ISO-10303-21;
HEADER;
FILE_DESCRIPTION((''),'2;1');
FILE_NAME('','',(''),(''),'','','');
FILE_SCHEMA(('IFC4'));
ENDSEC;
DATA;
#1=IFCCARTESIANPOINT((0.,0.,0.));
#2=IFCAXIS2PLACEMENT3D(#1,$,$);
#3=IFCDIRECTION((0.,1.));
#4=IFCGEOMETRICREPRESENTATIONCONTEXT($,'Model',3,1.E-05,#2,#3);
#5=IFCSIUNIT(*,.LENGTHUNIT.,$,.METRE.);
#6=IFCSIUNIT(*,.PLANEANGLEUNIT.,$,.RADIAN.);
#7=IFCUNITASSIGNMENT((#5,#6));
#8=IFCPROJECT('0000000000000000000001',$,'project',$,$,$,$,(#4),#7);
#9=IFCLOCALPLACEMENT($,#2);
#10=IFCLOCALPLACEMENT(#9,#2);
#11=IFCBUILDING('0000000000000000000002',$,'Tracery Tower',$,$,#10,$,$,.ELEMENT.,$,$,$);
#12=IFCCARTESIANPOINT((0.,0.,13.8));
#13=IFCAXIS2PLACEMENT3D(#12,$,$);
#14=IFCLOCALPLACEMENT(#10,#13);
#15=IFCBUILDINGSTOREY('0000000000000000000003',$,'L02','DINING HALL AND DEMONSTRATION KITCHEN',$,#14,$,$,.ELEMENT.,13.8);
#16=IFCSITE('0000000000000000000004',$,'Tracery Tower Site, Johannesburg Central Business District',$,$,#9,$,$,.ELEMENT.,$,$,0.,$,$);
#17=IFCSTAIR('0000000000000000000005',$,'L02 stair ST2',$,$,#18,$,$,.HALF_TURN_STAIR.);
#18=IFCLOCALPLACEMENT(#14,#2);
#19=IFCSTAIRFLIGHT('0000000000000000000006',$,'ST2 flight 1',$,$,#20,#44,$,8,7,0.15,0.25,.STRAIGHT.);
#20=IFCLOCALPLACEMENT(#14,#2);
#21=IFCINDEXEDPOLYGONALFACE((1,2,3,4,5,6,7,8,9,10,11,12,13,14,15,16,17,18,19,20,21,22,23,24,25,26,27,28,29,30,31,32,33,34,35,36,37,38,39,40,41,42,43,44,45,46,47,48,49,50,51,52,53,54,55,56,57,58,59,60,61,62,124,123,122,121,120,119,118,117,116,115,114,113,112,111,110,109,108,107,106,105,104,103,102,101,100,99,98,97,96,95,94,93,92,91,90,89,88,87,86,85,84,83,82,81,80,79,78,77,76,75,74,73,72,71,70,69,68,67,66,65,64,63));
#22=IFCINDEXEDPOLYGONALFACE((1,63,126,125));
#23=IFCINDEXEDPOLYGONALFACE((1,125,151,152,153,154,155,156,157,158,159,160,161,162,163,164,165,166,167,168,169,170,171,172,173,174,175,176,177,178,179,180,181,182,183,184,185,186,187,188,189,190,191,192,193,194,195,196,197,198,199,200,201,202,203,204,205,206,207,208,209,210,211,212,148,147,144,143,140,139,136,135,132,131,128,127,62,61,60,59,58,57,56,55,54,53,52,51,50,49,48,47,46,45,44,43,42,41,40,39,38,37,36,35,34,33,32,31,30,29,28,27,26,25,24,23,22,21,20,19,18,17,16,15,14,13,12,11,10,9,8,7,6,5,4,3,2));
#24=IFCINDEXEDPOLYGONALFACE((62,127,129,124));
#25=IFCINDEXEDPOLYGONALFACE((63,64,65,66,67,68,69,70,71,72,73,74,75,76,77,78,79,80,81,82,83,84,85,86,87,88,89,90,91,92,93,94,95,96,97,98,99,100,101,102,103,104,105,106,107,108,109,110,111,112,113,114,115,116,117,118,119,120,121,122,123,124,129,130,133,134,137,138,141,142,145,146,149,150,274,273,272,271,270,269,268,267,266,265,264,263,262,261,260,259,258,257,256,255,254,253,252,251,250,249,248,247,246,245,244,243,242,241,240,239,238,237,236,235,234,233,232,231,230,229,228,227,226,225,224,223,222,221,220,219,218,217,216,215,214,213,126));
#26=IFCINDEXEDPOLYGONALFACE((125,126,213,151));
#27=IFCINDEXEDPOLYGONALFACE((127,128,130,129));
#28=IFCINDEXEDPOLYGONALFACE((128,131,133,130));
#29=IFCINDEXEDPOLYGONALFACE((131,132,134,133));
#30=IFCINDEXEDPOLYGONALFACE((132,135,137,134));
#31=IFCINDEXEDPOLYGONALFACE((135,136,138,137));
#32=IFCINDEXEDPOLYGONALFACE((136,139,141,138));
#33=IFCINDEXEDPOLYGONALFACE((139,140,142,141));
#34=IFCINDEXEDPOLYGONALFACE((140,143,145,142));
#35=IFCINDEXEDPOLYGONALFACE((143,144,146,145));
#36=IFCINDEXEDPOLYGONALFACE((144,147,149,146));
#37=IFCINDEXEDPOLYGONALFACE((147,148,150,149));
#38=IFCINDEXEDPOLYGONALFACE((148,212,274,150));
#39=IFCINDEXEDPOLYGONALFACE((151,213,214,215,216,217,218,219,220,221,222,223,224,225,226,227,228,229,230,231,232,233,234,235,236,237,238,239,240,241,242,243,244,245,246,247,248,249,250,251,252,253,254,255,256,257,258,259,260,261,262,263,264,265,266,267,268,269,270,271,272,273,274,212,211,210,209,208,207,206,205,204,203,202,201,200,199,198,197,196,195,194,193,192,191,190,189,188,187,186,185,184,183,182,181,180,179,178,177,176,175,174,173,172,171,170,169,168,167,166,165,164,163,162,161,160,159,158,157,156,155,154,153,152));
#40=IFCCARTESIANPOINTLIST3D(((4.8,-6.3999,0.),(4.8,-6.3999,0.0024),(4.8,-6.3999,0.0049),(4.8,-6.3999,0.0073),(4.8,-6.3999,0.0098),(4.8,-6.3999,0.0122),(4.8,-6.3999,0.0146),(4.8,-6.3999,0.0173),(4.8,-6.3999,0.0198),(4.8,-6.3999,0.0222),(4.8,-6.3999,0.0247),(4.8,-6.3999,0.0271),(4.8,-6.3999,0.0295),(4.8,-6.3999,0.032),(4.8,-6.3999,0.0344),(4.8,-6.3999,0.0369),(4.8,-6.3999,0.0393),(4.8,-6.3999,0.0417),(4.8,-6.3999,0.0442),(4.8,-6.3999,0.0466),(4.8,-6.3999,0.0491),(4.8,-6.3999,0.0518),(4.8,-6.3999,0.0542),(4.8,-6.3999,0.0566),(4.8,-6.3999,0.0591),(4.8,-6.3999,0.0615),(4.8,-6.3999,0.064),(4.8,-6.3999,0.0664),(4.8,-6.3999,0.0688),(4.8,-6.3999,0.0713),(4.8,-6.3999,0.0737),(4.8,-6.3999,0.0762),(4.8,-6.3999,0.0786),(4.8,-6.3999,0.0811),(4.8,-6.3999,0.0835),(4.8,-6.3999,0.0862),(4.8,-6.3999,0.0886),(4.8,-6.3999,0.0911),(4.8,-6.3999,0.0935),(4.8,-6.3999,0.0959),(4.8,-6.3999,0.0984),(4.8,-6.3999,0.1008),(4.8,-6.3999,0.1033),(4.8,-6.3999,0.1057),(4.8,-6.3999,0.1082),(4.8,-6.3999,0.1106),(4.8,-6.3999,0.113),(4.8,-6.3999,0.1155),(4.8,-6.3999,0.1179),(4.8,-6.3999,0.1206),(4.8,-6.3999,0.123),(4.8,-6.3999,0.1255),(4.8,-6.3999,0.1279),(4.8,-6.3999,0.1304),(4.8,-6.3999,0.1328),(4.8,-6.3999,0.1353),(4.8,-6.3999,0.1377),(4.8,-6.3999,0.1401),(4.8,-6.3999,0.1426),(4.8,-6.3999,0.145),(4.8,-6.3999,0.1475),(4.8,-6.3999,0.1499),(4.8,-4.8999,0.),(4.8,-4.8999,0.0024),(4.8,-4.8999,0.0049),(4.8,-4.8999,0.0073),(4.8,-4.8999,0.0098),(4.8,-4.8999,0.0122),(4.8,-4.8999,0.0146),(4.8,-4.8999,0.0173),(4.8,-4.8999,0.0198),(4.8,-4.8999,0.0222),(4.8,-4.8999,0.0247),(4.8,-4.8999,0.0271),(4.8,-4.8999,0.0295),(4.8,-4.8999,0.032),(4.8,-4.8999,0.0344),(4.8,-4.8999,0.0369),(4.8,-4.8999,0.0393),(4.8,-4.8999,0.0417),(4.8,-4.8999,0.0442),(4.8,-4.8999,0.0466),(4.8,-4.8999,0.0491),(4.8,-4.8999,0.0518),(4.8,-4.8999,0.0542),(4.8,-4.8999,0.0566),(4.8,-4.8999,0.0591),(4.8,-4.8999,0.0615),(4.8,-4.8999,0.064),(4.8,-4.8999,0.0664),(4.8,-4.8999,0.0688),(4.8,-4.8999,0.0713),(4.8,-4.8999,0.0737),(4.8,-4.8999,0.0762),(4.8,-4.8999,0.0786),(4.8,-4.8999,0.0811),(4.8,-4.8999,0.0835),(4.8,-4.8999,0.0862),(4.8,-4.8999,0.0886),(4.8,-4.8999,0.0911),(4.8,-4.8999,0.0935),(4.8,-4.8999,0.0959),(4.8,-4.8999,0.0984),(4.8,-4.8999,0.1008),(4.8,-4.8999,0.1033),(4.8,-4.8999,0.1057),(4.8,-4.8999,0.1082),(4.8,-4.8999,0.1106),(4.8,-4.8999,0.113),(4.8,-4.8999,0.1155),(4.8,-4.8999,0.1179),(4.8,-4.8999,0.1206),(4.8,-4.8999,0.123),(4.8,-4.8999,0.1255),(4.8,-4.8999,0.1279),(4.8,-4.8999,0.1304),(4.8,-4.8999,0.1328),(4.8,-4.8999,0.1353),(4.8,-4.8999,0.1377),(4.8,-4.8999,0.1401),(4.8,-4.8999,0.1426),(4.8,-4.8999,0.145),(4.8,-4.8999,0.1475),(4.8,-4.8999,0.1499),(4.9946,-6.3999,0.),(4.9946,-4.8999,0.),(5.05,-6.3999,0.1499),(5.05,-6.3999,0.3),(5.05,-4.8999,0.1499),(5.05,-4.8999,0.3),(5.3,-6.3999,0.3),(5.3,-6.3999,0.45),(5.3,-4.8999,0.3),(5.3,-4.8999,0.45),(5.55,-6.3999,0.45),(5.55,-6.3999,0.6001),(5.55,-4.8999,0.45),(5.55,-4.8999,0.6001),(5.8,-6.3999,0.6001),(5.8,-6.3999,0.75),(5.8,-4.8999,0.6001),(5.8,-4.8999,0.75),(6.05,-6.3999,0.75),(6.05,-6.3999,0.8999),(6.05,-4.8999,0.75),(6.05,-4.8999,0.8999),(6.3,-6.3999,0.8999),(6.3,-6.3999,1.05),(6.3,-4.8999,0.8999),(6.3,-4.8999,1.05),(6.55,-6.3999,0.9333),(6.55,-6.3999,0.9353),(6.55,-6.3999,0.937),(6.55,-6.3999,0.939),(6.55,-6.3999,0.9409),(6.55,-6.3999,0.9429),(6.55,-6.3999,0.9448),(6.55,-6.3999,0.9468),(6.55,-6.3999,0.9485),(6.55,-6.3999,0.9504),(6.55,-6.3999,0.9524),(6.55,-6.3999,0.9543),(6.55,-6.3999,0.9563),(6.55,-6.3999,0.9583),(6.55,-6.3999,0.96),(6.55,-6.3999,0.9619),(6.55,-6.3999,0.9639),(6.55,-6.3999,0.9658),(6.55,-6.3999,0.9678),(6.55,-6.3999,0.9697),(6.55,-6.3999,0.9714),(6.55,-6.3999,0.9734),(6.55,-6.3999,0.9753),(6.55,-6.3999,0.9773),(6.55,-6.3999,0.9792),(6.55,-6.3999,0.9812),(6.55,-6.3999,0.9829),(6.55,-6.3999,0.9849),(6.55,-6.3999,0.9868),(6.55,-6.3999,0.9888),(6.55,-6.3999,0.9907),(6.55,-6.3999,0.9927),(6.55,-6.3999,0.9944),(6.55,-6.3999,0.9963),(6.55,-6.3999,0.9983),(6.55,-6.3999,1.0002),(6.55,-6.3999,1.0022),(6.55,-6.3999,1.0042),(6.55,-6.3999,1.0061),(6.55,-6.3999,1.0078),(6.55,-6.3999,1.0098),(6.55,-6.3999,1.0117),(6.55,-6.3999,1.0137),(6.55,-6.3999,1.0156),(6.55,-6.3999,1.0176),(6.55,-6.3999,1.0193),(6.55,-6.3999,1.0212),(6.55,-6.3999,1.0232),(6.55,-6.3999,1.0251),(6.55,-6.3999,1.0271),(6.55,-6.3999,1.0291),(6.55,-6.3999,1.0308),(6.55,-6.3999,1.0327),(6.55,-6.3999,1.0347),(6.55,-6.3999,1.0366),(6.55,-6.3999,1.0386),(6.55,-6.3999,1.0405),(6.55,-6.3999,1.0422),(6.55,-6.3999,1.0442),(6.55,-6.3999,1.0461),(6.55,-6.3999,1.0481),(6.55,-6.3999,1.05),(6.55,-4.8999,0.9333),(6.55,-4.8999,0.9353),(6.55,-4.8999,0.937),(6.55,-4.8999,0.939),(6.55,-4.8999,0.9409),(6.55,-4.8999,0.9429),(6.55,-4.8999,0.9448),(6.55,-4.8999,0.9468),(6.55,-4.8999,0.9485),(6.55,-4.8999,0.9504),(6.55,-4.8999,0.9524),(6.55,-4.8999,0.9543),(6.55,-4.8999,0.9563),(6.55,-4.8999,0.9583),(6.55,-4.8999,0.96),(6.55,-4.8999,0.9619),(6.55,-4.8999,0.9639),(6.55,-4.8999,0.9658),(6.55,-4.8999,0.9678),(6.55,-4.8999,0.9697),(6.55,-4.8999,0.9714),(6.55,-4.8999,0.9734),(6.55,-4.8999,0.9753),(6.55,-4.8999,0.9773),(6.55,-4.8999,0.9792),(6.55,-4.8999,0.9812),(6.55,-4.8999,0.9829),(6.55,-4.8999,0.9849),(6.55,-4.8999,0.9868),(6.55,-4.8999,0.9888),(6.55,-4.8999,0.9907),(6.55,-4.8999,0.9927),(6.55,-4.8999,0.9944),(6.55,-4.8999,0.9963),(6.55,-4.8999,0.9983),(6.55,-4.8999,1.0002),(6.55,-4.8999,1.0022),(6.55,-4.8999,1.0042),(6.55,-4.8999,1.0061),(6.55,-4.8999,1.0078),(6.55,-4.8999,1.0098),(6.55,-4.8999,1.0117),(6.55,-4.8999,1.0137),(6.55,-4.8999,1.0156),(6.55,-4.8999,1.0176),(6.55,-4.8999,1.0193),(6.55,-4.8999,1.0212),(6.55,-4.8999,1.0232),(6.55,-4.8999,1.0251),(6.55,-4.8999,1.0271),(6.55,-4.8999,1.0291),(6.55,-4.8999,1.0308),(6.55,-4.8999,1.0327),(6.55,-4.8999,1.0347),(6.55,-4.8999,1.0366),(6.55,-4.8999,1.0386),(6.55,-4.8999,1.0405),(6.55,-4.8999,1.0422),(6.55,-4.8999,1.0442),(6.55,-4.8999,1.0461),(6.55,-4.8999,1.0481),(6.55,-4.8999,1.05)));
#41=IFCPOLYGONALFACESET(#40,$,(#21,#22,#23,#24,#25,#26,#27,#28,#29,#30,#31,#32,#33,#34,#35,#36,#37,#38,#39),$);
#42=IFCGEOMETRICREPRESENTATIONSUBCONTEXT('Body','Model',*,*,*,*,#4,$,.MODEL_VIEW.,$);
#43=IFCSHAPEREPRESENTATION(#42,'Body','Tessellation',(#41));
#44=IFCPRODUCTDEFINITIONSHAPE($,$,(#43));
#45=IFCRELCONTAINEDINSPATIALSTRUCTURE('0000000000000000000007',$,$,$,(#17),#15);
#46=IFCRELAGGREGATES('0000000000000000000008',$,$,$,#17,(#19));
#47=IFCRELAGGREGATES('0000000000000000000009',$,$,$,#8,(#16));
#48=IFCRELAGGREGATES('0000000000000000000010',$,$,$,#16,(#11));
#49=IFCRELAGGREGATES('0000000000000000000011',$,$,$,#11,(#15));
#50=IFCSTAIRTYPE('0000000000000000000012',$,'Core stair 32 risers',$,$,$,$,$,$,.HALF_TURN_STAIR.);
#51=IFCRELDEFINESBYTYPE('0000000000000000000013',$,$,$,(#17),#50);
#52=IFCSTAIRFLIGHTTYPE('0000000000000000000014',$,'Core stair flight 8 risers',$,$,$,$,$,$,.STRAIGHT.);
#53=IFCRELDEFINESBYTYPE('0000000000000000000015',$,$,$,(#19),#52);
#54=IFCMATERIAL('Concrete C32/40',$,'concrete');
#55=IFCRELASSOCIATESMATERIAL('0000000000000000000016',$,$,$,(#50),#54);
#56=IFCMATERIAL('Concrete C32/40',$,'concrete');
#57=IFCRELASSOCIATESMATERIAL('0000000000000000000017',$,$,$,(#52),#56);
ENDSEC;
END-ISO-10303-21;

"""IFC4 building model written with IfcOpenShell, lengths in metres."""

from ifc_helpers import new_model, si_unit, direction, frame, origin, place, context, subcontext, project, spatial, polyline, outline, extrude, material, type_object, element, aggregate, save


model = new_model("IFC4")

# Units and contexts
model_context = context("Model", 3, precision=1e-05, world=origin(), true_north=direction((0.0, 1.0)))
body_context = subcontext(model_context, "Body", "Model", "MODEL_VIEW")
ifc_project = project(units=[si_unit("LENGTHUNIT", "METRE"), si_unit("PLANEANGLEUNIT", "RADIAN")], contexts=[model_context])

# Site, building, storey
site_placement = place(None, origin())
site = spatial("IfcSite", under=ifc_project, at=site_placement, Name="Tracery Tower Site, Johannesburg Central Business District", CompositionType="ELEMENT", RefElevation=0.0)
building_placement = place(site_placement, origin())
building = spatial("IfcBuilding", under=site, at=building_placement, Name="Tracery Tower", CompositionType="ELEMENT")
storey_placement = place(building_placement, frame((0.0, 0.0, 13.8)))
storey = spatial("IfcBuildingStorey", under=building, at=storey_placement, Name="L02", Description="DINING HALL AND DEMONSTRATION KITCHEN", CompositionType="ELEMENT", Elevation=13.8)

# Stair, stair flight
ifc_material_1 = material(Name="Concrete C32/40", Category="concrete")
stair_type = type_object("IfcStairType", Name="Core stair 32 risers", PredefinedType="HALF_TURN_STAIR", material=ifc_material_1)
stair_placement = place(storey_placement, origin())
stair = element("IfcStair", 1, at=stair_placement, inside=storey, type_object=stair_type, Name="L02 stair ST2", PredefinedType="HALF_TURN_STAIR")
ifc_material_2 = material(Name="Concrete C32/40", Category="concrete")
stair_flight_type = type_object("IfcStairFlightType", Name="Core stair flight 8 risers", PredefinedType="STRAIGHT", material=ifc_material_2)
stair_flight_1_placement = place(storey_placement, frame((4.8, -5.6499, 0.0), z_axis=(0.0, 0.0, 1.0), x_axis=(1.0, 0.0, 0.0)))
stair_flight_1 = element("IfcStairFlight", 2, at=stair_flight_1_placement, type_object=stair_flight_type, Name="ST2 flight 1", NumberOfRisers=8, NumberOfTreads=7, PredefinedType="STRAIGHT", RiserHeight=0.15, TreadLength=0.25, context=body_context, shape_type="SweptSolid", body=[
    extrude(outline(polyline([(0.0, 0.0), (0.0, 0.0024), (0.0, 0.0049), (0.0, 0.0073), (0.0, 0.0098), (0.0, 0.0122), (0.0, 0.0146), (0.0, 0.0173), (0.0, 0.0198), (0.0, 0.0222), (0.0, 0.0247), (0.0, 0.0271), (0.0, 0.0295), (0.0, 0.032), (0.0, 0.0344), (0.0, 0.0369), (0.0, 0.0393), (0.0, 0.0417), (0.0, 0.0442), (0.0, 0.0466), (0.0, 0.0491), (0.0, 0.0518), (0.0, 0.0542), (0.0, 0.0566), (0.0, 0.0591), (0.0, 0.0615), (0.0, 0.064), (0.0, 0.0664), (0.0, 0.0688), (0.0, 0.0713), (0.0, 0.0737), (0.0, 0.0762), (0.0, 0.0786), (0.0, 0.0811), (0.0, 0.0835), (0.0, 0.0862), (0.0, 0.0886), (0.0, 0.0911), (0.0, 0.0935), (0.0, 0.0959), (0.0, 0.0984), (0.0, 0.1008), (0.0, 0.1033), (0.0, 0.1057), (0.0, 0.1082), (0.0, 0.1106), (0.0, 0.113), (0.0, 0.1155), (0.0, 0.1179), (0.0, 0.1206), (0.0, 0.123), (0.0, 0.1255), (0.0, 0.1279), (0.0, 0.1304), (0.0, 0.1328), (0.0, 0.1353), (0.0, 0.1377), (0.0, 0.1401), (0.0, 0.1426), (0.0, 0.145), (0.0, 0.1475), (0.0, 0.1499), (0.25, 0.1499), (0.25, 0.3), (0.5, 0.3), (0.5, 0.45), (0.75, 0.45), (0.75, 0.6001), (1.0, 0.6001), (1.0, 0.75), (1.25, 0.75), (1.25, 0.8999), (1.5, 0.8999), (1.5, 1.05), (1.75, 1.05), (1.75, 1.0481), (1.75, 1.0461), (1.75, 1.0442), (1.75, 1.0422), (1.75, 1.0405), (1.75, 1.0386), (1.75, 1.0366), (1.75, 1.0347), (1.75, 1.0327), (1.75, 1.0308), (1.75, 1.0291), (1.75, 1.0271), (1.75, 1.0251), (1.75, 1.0232), (1.75, 1.0212), (1.75, 1.0193), (1.75, 1.0176), (1.75, 1.0156), (1.75, 1.0137), (1.75, 1.0117), (1.75, 1.0098), (1.75, 1.0078), (1.75, 1.0061), (1.75, 1.0042), (1.75, 1.0022), (1.75, 1.0002), (1.75, 0.9983), (1.75, 0.9963), (1.75, 0.9944), (1.75, 0.9927), (1.75, 0.9907), (1.75, 0.9888), (1.75, 0.9868), (1.75, 0.9849), (1.75, 0.9829), (1.75, 0.9812), (1.75, 0.9792), (1.75, 0.9773), (1.75, 0.9753), (1.75, 0.9734), (1.75, 0.9714), (1.75, 0.9697), (1.75, 0.9678), (1.75, 0.9658), (1.75, 0.9639), (1.75, 0.9619), (1.75, 0.96), (1.75, 0.9583), (1.75, 0.9563), (1.75, 0.9543), (1.75, 0.9524), (1.75, 0.9504), (1.75, 0.9485), (1.75, 0.9468), (1.75, 0.9448), (1.75, 0.9429), (1.75, 0.9409), (1.75, 0.939), (1.75, 0.937), (1.75, 0.9353), (1.75, 0.9333), (0.1946, 0.0), (0.0, 0.0)])), frame((0.0, 0.75, 0.0), z_axis=(0.0, -1.0, 0.0), x_axis=(1.0, 0.0, 0.0)), (0.0, 0.0, 1.0), 1.5),
])
aggregate(stair, [stair_flight_1])

save(model, "model.ifc")
